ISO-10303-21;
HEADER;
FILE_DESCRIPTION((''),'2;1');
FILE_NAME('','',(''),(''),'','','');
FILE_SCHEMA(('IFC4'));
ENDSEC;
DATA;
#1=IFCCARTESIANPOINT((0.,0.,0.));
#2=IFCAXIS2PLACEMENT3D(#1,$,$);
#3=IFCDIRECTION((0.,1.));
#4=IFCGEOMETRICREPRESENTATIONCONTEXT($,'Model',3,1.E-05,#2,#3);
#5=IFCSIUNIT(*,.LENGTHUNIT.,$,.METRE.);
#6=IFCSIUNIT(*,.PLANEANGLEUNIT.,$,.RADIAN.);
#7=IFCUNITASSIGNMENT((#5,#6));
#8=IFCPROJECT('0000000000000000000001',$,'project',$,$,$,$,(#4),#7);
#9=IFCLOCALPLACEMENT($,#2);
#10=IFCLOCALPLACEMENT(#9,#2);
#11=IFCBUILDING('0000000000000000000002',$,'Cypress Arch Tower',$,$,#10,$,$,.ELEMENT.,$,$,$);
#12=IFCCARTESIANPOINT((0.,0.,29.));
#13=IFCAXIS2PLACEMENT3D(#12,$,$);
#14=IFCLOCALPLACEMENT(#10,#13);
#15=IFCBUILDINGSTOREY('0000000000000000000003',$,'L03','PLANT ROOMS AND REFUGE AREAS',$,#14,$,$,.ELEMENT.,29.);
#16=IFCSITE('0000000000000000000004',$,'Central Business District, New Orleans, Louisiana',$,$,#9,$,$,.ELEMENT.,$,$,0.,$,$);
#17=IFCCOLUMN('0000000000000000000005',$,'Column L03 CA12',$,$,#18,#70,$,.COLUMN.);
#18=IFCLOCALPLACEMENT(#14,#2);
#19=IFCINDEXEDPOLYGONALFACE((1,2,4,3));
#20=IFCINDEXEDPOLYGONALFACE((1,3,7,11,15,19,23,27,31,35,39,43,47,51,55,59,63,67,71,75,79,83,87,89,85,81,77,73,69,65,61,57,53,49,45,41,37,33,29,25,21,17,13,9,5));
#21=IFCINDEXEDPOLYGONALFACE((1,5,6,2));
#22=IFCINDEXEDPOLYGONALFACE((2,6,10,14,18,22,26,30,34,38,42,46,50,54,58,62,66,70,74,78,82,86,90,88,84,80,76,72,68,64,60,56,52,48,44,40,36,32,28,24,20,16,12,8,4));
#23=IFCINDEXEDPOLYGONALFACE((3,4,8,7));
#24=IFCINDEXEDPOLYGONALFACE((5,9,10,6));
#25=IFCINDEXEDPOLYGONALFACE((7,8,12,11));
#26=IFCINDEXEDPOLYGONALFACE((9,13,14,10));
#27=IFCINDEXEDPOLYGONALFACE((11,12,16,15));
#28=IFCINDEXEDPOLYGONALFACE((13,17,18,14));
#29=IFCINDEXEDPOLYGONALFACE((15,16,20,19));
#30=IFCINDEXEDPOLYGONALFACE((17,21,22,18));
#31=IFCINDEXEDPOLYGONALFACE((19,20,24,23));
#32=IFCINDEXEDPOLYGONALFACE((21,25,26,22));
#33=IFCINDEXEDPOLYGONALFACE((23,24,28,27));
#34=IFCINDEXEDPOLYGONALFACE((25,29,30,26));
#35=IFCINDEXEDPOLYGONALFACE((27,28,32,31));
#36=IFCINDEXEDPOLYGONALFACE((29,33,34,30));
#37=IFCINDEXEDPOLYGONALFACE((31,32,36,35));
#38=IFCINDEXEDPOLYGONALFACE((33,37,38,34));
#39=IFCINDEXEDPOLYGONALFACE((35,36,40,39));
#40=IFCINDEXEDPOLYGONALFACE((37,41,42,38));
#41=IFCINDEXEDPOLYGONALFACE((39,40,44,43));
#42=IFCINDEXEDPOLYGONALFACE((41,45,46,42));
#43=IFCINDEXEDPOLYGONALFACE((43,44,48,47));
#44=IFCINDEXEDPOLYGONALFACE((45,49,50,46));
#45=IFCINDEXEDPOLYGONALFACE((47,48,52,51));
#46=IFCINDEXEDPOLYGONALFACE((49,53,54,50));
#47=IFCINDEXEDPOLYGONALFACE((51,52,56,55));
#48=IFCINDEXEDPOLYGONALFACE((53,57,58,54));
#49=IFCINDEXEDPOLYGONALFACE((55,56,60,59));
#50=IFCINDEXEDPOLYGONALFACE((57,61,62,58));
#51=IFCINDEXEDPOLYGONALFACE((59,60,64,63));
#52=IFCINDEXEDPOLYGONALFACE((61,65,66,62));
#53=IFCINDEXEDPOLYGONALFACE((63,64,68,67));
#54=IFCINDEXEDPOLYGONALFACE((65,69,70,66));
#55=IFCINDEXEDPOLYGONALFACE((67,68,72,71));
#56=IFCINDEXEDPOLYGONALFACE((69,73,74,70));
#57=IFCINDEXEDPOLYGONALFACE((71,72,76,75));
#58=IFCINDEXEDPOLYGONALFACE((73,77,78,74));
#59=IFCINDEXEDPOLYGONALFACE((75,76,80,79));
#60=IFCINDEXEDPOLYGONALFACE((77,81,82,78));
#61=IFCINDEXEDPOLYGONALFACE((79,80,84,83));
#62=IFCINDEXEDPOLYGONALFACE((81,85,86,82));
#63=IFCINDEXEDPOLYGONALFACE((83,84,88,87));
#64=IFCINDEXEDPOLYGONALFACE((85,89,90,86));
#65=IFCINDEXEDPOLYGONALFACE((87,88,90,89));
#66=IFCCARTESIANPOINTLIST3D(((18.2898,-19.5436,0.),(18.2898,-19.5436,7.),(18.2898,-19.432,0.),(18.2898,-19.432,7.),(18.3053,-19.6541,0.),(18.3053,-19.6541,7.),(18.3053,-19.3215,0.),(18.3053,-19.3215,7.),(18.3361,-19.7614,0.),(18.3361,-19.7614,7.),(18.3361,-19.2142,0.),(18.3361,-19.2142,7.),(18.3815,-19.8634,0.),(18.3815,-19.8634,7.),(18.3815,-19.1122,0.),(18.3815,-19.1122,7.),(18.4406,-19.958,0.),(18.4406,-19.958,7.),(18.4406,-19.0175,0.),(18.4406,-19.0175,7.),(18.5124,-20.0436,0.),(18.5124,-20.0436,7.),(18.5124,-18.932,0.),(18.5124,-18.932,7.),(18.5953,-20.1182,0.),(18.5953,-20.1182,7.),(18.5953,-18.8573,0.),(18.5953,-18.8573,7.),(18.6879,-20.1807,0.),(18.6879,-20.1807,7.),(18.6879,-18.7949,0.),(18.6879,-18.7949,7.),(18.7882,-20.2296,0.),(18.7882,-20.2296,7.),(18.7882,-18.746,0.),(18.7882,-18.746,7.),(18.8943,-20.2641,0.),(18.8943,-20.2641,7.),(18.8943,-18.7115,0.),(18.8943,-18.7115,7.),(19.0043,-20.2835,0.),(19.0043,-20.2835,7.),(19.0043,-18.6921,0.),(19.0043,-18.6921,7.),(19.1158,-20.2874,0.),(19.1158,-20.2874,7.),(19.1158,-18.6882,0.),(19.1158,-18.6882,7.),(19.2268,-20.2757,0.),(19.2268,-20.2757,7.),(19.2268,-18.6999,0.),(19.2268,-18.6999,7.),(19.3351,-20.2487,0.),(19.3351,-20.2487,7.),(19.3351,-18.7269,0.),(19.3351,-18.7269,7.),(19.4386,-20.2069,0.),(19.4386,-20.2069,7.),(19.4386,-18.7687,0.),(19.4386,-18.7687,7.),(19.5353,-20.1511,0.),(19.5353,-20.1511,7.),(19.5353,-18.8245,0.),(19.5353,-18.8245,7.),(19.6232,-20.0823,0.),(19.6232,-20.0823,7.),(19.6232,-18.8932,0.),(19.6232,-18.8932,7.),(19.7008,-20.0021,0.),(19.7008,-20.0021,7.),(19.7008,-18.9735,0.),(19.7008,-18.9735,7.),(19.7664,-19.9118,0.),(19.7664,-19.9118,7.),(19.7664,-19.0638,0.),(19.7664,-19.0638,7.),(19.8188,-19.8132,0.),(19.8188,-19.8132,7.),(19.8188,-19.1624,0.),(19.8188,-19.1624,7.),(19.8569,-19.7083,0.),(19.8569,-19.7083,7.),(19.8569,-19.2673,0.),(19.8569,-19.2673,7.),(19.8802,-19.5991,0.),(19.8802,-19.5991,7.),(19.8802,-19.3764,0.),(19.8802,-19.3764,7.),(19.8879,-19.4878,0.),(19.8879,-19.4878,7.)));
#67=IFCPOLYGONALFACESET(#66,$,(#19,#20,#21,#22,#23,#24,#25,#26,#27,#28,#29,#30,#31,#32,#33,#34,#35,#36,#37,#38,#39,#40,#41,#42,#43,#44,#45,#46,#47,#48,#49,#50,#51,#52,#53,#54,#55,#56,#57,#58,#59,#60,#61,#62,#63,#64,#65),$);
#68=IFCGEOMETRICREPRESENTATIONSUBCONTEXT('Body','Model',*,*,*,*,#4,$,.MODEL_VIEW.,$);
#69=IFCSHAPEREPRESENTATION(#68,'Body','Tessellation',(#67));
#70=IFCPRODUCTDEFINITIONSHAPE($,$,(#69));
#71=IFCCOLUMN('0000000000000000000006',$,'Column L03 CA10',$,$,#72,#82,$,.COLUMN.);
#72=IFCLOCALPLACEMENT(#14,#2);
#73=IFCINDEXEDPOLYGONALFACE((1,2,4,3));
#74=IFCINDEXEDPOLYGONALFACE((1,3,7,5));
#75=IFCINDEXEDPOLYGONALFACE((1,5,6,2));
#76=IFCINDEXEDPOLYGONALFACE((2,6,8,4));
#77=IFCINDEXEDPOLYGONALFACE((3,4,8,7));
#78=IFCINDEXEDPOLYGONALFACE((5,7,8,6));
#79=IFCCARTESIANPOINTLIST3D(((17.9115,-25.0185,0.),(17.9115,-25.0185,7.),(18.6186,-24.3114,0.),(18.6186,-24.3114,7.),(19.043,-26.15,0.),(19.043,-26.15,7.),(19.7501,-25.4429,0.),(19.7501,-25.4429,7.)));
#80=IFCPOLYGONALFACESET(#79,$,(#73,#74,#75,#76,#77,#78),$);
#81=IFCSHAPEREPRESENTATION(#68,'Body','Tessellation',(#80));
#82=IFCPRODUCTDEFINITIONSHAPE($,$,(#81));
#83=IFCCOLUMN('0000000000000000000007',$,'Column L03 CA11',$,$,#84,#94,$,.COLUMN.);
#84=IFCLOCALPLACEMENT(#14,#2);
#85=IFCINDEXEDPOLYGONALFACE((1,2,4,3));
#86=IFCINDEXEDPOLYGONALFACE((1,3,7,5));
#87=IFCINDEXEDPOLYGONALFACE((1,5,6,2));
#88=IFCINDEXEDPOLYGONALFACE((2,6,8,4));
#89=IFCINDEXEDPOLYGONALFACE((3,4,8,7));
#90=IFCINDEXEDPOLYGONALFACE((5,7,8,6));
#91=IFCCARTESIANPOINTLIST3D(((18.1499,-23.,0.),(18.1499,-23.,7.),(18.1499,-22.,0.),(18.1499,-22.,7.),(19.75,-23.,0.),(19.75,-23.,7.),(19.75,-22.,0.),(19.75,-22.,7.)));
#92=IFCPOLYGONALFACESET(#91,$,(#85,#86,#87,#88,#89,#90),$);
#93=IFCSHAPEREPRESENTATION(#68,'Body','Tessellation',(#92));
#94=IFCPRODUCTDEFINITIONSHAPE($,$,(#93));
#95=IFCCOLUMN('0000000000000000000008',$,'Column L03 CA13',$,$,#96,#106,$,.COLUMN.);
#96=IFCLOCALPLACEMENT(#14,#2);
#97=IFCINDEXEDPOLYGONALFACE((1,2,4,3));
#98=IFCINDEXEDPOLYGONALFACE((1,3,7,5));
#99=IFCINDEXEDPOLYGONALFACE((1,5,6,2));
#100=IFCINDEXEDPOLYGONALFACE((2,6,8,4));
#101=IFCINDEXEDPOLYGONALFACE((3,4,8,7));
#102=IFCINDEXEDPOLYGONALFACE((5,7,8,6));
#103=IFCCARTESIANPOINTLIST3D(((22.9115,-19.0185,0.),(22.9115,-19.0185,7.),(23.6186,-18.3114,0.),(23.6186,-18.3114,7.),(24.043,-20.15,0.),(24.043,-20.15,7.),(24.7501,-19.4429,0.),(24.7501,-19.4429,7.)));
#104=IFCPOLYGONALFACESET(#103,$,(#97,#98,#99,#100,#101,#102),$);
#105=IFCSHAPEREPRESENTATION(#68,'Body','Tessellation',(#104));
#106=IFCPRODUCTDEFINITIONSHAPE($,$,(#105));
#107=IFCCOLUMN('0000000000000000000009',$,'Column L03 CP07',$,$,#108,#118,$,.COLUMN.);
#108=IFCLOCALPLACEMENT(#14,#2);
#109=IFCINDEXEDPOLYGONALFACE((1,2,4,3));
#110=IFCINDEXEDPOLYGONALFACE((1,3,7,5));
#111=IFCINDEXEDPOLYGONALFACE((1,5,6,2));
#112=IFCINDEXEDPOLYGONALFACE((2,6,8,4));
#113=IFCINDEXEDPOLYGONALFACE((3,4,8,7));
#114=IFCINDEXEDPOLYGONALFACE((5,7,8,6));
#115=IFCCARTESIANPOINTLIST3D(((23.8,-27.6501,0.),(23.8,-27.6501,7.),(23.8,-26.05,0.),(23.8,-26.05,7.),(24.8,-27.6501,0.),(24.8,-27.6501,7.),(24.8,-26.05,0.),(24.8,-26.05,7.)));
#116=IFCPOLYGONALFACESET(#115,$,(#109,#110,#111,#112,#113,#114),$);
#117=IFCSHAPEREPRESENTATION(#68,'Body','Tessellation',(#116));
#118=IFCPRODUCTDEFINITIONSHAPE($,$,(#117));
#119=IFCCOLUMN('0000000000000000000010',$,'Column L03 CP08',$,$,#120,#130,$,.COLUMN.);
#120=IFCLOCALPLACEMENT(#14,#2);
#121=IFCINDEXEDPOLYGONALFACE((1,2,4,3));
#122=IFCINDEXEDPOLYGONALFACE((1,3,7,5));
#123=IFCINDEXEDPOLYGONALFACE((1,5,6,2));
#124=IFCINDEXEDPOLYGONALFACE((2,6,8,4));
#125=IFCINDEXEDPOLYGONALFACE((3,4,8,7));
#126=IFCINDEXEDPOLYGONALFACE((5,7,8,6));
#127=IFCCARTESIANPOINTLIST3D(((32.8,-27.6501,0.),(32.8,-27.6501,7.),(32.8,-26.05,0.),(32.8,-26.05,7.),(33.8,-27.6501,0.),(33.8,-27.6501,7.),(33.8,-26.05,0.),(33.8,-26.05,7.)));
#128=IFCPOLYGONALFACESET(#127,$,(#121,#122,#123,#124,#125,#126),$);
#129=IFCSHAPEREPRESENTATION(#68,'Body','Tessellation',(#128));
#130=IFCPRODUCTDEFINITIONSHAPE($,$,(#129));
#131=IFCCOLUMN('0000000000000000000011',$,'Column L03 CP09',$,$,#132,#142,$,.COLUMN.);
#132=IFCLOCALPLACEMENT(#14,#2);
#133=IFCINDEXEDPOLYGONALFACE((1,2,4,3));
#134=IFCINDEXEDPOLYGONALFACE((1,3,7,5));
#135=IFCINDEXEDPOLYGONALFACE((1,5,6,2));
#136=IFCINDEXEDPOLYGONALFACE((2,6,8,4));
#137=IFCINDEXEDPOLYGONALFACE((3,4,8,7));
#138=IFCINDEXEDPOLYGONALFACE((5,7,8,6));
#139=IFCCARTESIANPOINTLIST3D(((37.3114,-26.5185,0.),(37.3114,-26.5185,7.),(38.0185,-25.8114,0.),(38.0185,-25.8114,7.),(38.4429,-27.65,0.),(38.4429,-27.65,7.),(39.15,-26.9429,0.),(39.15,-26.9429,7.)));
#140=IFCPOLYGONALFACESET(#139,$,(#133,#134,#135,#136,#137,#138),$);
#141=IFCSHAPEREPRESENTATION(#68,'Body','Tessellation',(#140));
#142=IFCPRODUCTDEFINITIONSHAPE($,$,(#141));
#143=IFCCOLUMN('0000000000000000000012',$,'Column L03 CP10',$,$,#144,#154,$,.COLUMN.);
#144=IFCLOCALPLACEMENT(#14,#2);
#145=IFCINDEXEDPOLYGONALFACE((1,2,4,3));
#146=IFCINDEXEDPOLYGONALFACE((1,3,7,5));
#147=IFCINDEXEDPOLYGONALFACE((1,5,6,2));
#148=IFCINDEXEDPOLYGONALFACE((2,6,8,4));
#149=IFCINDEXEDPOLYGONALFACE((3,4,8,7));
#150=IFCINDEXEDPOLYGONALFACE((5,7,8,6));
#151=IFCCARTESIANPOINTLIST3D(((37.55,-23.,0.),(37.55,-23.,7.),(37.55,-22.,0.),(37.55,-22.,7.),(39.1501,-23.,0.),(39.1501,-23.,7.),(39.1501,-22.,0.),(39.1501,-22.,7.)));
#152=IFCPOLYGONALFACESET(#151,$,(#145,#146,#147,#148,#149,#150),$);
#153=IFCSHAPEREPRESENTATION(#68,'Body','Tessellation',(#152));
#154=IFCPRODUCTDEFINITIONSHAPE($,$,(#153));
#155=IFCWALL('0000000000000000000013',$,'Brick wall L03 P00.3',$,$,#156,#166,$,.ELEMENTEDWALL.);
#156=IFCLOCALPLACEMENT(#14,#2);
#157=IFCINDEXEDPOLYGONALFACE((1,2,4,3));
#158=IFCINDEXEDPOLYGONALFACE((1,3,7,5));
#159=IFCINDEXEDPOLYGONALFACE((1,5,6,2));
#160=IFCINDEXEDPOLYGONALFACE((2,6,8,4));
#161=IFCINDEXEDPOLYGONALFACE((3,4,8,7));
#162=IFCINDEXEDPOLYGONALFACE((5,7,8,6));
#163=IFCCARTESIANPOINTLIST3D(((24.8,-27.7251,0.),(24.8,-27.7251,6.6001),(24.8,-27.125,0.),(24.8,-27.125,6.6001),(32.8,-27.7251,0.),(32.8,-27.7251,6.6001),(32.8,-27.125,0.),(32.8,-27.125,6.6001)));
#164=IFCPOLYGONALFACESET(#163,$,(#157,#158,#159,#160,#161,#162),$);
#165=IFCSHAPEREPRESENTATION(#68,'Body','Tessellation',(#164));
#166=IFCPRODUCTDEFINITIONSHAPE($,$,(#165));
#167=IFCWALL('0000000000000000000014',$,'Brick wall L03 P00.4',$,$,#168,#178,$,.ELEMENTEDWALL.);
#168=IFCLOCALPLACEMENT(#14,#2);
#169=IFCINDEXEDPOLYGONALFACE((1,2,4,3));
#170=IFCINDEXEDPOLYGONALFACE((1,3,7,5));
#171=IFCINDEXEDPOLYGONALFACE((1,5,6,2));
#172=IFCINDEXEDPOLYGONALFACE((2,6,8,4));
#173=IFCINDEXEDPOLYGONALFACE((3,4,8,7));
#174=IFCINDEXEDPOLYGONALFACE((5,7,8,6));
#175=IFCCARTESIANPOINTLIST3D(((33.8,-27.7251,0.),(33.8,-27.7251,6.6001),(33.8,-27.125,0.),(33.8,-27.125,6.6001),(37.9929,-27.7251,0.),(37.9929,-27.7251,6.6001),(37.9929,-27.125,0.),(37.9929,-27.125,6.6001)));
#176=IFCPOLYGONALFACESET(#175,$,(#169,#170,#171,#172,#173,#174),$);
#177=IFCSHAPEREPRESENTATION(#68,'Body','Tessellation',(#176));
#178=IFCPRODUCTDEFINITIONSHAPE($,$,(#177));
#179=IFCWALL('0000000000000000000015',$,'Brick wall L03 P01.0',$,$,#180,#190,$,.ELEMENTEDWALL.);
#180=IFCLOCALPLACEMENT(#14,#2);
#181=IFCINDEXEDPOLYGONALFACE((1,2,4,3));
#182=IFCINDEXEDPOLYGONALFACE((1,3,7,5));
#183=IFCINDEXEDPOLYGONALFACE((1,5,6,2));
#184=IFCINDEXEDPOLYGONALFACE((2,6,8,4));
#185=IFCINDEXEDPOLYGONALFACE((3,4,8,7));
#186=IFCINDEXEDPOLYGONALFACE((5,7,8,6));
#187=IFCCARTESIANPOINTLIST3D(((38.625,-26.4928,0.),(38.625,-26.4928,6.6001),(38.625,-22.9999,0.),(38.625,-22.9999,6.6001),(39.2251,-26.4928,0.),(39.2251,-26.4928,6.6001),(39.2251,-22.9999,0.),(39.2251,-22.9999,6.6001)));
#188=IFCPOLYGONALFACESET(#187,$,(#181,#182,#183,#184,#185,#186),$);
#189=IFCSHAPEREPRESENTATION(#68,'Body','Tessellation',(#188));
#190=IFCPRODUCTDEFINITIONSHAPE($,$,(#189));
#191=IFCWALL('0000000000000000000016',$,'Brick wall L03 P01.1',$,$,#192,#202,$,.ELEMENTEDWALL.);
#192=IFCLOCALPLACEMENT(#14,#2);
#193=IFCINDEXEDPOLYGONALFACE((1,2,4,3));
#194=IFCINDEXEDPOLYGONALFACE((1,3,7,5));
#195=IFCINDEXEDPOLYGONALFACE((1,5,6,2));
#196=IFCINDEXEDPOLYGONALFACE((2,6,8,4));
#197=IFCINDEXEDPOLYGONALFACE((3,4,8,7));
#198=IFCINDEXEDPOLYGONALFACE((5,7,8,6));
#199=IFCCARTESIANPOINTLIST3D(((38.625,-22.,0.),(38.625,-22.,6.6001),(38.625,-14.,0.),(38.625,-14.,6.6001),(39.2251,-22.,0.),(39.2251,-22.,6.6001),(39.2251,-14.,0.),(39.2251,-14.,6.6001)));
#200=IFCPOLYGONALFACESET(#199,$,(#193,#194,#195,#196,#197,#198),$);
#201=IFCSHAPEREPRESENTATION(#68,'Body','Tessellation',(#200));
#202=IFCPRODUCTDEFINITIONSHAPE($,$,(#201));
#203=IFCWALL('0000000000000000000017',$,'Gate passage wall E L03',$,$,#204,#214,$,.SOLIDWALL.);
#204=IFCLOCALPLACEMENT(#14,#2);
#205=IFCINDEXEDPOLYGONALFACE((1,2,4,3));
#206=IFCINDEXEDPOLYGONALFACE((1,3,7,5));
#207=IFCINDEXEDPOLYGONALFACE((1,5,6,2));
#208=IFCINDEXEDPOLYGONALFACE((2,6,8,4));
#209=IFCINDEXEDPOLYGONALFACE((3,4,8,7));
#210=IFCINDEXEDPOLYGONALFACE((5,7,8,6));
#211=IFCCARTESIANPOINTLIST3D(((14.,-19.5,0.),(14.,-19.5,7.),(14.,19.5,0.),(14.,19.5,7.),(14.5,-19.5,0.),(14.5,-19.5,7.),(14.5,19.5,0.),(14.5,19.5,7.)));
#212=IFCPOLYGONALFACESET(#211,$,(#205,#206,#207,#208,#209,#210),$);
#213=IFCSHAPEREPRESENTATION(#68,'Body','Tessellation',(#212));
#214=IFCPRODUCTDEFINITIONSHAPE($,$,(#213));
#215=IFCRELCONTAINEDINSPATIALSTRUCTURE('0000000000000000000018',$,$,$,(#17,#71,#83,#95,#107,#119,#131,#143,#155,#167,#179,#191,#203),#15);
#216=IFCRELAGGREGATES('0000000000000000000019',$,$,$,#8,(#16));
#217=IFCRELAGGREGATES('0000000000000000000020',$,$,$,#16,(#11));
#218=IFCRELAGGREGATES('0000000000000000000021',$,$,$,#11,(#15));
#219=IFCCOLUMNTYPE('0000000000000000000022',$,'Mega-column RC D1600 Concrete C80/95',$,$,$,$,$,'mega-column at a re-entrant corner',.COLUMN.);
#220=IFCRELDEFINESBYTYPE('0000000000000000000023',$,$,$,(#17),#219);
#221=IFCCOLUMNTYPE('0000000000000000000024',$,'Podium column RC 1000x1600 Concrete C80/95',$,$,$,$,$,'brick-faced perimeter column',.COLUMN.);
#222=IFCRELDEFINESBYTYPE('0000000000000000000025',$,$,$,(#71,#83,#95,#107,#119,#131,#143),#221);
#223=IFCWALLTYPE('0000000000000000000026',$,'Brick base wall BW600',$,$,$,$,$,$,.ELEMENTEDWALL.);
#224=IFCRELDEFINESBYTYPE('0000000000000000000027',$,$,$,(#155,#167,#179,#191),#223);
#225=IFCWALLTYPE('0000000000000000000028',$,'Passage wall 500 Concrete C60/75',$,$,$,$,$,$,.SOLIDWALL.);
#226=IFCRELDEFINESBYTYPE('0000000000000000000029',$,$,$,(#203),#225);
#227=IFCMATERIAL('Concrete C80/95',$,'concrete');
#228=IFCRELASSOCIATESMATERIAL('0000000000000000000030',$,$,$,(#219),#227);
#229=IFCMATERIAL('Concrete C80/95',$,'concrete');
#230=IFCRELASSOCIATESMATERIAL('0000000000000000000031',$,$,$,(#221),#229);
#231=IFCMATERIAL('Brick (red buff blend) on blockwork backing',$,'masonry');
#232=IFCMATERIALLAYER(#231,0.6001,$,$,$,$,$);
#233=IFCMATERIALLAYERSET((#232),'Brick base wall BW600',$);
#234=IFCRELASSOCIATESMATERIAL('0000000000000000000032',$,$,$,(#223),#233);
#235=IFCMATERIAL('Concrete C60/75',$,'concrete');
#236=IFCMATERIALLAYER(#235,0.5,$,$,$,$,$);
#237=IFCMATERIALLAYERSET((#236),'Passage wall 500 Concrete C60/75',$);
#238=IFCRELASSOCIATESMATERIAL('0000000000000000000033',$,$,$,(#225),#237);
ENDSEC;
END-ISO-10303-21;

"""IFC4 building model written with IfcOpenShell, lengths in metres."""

from ifc_helpers import new_model, si_unit, direction, frame, frame_2d, origin, origin_2d, place, context, subcontext, project, spatial, rectangle, circle, extrude, material, layer, layer_set, material_profile, profile_set, type_object, element, save


model = new_model("IFC4")

# Units and contexts
model_context = context("Model", 3, precision=1e-05, world=origin(), true_north=direction((0.0, 1.0)))
body_context = subcontext(model_context, "Body", "Model", "MODEL_VIEW")
ifc_project = project(units=[si_unit("LENGTHUNIT", "METRE"), si_unit("PLANEANGLEUNIT", "RADIAN")], contexts=[model_context])

# Site, building, storey
site_placement = place(None, origin())
site = spatial("IfcSite", under=ifc_project, at=site_placement, Name="Central Business District, New Orleans, Louisiana", CompositionType="ELEMENT", RefElevation=0.0)
building_placement = place(site_placement, origin())
building = spatial("IfcBuilding", under=site, at=building_placement, Name="Cypress Arch Tower", CompositionType="ELEMENT")
storey_placement = place(building_placement, frame((0.0, 0.0, 29.0)))
storey = spatial("IfcBuildingStorey", under=building, at=storey_placement, Name="L03", Description="PLANT ROOMS AND REFUGE AREAS", CompositionType="ELEMENT", Elevation=29.0)

# Columns
ifc_material_1 = material(Name="Concrete C80/95", Category="concrete")
ifc_material_profile_1 = material_profile(ifc_material_1, circle(Radius=0.8, at=origin_2d()), Name="RC D1600")
ifc_profile_set_1 = profile_set([ifc_material_profile_1], Name="Concrete C80/95")
column_type_1 = type_object("IfcColumnType", Name="Mega-column RC D1600 Concrete C80/95", ElementType="mega-column at a re-entrant corner", PredefinedType="COLUMN", material=ifc_profile_set_1)
column_placement = place(storey_placement, frame((19.0879, -19.4878, 0.0), z_axis=(0.0, 0.0, 1.0), x_axis=(1.0, 0.0, 0.0)))
element("IfcColumn", 1, at=column_placement, inside=storey, type_object=column_type_1, Name="Column L03 CA12", PredefinedType="COLUMN", context=body_context, shape_type="SweptSolid", body=[
    extrude(circle(Radius=0.8, at=origin_2d()), origin(), (0.0, 0.0, 1.0), 7.0),
])
ifc_material_2 = material(Name="Concrete C80/95", Category="concrete")
ifc_material_profile_2 = material_profile(ifc_material_2, rectangle(XDim=1.0, YDim=1.6001, at=origin_2d()), Name="RC 1000x1600")
ifc_profile_set_2 = profile_set([ifc_material_profile_2], Name="Concrete C80/95")
column_type_2 = type_object("IfcColumnType", Name="Podium column RC 1000x1600 Concrete C80/95", ElementType="brick-faced perimeter column", PredefinedType="COLUMN", material=ifc_profile_set_2)
for number, where, z_axis, x_axis, name in (
    (2, (18.8308, -25.2307, 0.0), (0.0, 0.0, 1.0), (0.707107, 0.707107, 0.0), "Column L03 CA10"),
    (3, (18.95, -22.5, 0.0), (0.0, 0.0, 1.0), (0.0, 1.0, 0.0), "Column L03 CA11"),
    (4, (23.8308, -19.2307, 0.0), (0.0, 0.0, 1.0), (0.707107, 0.707107, 0.0), "Column L03 CA13"),
    (5, (24.3, -26.8501, 0.0), (0.0, 0.0, 1.0), (1.0, 0.0, 0.0), "Column L03 CP07"),
    (6, (33.3, -26.8501, 0.0), (0.0, 0.0, 1.0), (1.0, 0.0, 0.0), "Column L03 CP08"),
    (7, (38.2307, -26.7307, 0.0), (0.0, 0.0, 1.0), (0.707107, 0.707107, 0.0), "Column L03 CP09"),
    (8, (38.3501, -22.5, 0.0), (0.0, 0.0, 1.0), (0.0, 1.0, 0.0), "Column L03 CP10"),
):
    element("IfcColumn", number, at=place(storey_placement, frame(where, z_axis=z_axis, x_axis=x_axis)), inside=storey, type_object=column_type_2, Name=name, PredefinedType="COLUMN", context=body_context, shape_type="SweptSolid", body=[
        extrude(rectangle(XDim=1.0, YDim=1.6001, at=origin_2d()), origin(), (0.0, 0.0, 1.0), 7.0),
    ])

# Walls
ifc_material_3 = material(Name="Brick (red buff blend) on blockwork backing", Category="masonry")
ifc_layer_1 = layer(ifc_material_3, 0.6001)
ifc_layer_set_1 = layer_set([ifc_layer_1], Name="Brick base wall BW600")
wall_type_1 = type_object("IfcWallType", Name="Brick base wall BW600", PredefinedType="ELEMENTEDWALL", material=ifc_layer_set_1)
wall_1_placement = place(storey_placement, frame((24.8, -27.425, 0.0), z_axis=(0.0, 0.0, 1.0), x_axis=(1.0, 0.0, 0.0)))
element("IfcWall", 9, at=wall_1_placement, inside=storey, type_object=wall_type_1, Name="Brick wall L03 P00.3", PredefinedType="ELEMENTEDWALL", context=body_context, shape_type="SweptSolid", body=[
    extrude(rectangle(XDim=8.0, YDim=0.6001, at=frame_2d((4.0, 0.0))), origin(), (0.0, 0.0, 1.0), 6.6001),
])
wall_2_placement = place(storey_placement, frame((33.8, -27.425, 0.0), z_axis=(0.0, 0.0, 1.0), x_axis=(1.0, 0.0, 0.0)))
element("IfcWall", 10, at=wall_2_placement, inside=storey, type_object=wall_type_1, Name="Brick wall L03 P00.4", PredefinedType="ELEMENTEDWALL", context=body_context, shape_type="SweptSolid", body=[
    extrude(rectangle(XDim=4.1929, YDim=0.6001, at=frame_2d((2.0964, 0.0))), origin(), (0.0, 0.0, 1.0), 6.6001),
])
wall_3_placement = place(storey_placement, frame((38.925, -26.4929, 0.0), z_axis=(0.0, 0.0, 1.0), x_axis=(0.0, 1.0, 0.0)))
element("IfcWall", 11, at=wall_3_placement, inside=storey, type_object=wall_type_1, Name="Brick wall L03 P01.0", PredefinedType="ELEMENTEDWALL", context=body_context, shape_type="SweptSolid", body=[
    extrude(rectangle(XDim=3.4929, YDim=0.6001, at=frame_2d((1.7466, 0.0))), origin(), (0.0, 0.0, 1.0), 6.6001),
])
wall_4_placement = place(storey_placement, frame((38.925, -22.0, 0.0), z_axis=(0.0, 0.0, 1.0), x_axis=(0.0, 1.0, 0.0)))
element("IfcWall", 12, at=wall_4_placement, inside=storey, type_object=wall_type_1, Name="Brick wall L03 P01.1", PredefinedType="ELEMENTEDWALL", context=body_context, shape_type="SweptSolid", body=[
    extrude(rectangle(XDim=8.0, YDim=0.6001, at=frame_2d((4.0, 0.0))), origin(), (0.0, 0.0, 1.0), 6.6001),
])
ifc_material_4 = material(Name="Concrete C60/75", Category="concrete")
ifc_layer_2 = layer(ifc_material_4, 0.5)
ifc_layer_set_2 = layer_set([ifc_layer_2], Name="Passage wall 500 Concrete C60/75")
wall_type_2 = type_object("IfcWallType", Name="Passage wall 500 Concrete C60/75", PredefinedType="SOLIDWALL", material=ifc_layer_set_2)
wall_5_placement = place(storey_placement, frame((14.25, -19.5, 0.0), z_axis=(0.0, 0.0, 1.0), x_axis=(0.0, 1.0, 0.0)))
element("IfcWall", 13, at=wall_5_placement, inside=storey, type_object=wall_type_2, Name="Gate passage wall E L03", PredefinedType="SOLIDWALL", context=body_context, shape_type="SweptSolid", body=[
    extrude(rectangle(XDim=39.0, YDim=0.5, at=frame_2d((19.5, 0.0))), origin(), (0.0, 0.0, 1.0), 7.0),
])

save(model, "model.ifc")
